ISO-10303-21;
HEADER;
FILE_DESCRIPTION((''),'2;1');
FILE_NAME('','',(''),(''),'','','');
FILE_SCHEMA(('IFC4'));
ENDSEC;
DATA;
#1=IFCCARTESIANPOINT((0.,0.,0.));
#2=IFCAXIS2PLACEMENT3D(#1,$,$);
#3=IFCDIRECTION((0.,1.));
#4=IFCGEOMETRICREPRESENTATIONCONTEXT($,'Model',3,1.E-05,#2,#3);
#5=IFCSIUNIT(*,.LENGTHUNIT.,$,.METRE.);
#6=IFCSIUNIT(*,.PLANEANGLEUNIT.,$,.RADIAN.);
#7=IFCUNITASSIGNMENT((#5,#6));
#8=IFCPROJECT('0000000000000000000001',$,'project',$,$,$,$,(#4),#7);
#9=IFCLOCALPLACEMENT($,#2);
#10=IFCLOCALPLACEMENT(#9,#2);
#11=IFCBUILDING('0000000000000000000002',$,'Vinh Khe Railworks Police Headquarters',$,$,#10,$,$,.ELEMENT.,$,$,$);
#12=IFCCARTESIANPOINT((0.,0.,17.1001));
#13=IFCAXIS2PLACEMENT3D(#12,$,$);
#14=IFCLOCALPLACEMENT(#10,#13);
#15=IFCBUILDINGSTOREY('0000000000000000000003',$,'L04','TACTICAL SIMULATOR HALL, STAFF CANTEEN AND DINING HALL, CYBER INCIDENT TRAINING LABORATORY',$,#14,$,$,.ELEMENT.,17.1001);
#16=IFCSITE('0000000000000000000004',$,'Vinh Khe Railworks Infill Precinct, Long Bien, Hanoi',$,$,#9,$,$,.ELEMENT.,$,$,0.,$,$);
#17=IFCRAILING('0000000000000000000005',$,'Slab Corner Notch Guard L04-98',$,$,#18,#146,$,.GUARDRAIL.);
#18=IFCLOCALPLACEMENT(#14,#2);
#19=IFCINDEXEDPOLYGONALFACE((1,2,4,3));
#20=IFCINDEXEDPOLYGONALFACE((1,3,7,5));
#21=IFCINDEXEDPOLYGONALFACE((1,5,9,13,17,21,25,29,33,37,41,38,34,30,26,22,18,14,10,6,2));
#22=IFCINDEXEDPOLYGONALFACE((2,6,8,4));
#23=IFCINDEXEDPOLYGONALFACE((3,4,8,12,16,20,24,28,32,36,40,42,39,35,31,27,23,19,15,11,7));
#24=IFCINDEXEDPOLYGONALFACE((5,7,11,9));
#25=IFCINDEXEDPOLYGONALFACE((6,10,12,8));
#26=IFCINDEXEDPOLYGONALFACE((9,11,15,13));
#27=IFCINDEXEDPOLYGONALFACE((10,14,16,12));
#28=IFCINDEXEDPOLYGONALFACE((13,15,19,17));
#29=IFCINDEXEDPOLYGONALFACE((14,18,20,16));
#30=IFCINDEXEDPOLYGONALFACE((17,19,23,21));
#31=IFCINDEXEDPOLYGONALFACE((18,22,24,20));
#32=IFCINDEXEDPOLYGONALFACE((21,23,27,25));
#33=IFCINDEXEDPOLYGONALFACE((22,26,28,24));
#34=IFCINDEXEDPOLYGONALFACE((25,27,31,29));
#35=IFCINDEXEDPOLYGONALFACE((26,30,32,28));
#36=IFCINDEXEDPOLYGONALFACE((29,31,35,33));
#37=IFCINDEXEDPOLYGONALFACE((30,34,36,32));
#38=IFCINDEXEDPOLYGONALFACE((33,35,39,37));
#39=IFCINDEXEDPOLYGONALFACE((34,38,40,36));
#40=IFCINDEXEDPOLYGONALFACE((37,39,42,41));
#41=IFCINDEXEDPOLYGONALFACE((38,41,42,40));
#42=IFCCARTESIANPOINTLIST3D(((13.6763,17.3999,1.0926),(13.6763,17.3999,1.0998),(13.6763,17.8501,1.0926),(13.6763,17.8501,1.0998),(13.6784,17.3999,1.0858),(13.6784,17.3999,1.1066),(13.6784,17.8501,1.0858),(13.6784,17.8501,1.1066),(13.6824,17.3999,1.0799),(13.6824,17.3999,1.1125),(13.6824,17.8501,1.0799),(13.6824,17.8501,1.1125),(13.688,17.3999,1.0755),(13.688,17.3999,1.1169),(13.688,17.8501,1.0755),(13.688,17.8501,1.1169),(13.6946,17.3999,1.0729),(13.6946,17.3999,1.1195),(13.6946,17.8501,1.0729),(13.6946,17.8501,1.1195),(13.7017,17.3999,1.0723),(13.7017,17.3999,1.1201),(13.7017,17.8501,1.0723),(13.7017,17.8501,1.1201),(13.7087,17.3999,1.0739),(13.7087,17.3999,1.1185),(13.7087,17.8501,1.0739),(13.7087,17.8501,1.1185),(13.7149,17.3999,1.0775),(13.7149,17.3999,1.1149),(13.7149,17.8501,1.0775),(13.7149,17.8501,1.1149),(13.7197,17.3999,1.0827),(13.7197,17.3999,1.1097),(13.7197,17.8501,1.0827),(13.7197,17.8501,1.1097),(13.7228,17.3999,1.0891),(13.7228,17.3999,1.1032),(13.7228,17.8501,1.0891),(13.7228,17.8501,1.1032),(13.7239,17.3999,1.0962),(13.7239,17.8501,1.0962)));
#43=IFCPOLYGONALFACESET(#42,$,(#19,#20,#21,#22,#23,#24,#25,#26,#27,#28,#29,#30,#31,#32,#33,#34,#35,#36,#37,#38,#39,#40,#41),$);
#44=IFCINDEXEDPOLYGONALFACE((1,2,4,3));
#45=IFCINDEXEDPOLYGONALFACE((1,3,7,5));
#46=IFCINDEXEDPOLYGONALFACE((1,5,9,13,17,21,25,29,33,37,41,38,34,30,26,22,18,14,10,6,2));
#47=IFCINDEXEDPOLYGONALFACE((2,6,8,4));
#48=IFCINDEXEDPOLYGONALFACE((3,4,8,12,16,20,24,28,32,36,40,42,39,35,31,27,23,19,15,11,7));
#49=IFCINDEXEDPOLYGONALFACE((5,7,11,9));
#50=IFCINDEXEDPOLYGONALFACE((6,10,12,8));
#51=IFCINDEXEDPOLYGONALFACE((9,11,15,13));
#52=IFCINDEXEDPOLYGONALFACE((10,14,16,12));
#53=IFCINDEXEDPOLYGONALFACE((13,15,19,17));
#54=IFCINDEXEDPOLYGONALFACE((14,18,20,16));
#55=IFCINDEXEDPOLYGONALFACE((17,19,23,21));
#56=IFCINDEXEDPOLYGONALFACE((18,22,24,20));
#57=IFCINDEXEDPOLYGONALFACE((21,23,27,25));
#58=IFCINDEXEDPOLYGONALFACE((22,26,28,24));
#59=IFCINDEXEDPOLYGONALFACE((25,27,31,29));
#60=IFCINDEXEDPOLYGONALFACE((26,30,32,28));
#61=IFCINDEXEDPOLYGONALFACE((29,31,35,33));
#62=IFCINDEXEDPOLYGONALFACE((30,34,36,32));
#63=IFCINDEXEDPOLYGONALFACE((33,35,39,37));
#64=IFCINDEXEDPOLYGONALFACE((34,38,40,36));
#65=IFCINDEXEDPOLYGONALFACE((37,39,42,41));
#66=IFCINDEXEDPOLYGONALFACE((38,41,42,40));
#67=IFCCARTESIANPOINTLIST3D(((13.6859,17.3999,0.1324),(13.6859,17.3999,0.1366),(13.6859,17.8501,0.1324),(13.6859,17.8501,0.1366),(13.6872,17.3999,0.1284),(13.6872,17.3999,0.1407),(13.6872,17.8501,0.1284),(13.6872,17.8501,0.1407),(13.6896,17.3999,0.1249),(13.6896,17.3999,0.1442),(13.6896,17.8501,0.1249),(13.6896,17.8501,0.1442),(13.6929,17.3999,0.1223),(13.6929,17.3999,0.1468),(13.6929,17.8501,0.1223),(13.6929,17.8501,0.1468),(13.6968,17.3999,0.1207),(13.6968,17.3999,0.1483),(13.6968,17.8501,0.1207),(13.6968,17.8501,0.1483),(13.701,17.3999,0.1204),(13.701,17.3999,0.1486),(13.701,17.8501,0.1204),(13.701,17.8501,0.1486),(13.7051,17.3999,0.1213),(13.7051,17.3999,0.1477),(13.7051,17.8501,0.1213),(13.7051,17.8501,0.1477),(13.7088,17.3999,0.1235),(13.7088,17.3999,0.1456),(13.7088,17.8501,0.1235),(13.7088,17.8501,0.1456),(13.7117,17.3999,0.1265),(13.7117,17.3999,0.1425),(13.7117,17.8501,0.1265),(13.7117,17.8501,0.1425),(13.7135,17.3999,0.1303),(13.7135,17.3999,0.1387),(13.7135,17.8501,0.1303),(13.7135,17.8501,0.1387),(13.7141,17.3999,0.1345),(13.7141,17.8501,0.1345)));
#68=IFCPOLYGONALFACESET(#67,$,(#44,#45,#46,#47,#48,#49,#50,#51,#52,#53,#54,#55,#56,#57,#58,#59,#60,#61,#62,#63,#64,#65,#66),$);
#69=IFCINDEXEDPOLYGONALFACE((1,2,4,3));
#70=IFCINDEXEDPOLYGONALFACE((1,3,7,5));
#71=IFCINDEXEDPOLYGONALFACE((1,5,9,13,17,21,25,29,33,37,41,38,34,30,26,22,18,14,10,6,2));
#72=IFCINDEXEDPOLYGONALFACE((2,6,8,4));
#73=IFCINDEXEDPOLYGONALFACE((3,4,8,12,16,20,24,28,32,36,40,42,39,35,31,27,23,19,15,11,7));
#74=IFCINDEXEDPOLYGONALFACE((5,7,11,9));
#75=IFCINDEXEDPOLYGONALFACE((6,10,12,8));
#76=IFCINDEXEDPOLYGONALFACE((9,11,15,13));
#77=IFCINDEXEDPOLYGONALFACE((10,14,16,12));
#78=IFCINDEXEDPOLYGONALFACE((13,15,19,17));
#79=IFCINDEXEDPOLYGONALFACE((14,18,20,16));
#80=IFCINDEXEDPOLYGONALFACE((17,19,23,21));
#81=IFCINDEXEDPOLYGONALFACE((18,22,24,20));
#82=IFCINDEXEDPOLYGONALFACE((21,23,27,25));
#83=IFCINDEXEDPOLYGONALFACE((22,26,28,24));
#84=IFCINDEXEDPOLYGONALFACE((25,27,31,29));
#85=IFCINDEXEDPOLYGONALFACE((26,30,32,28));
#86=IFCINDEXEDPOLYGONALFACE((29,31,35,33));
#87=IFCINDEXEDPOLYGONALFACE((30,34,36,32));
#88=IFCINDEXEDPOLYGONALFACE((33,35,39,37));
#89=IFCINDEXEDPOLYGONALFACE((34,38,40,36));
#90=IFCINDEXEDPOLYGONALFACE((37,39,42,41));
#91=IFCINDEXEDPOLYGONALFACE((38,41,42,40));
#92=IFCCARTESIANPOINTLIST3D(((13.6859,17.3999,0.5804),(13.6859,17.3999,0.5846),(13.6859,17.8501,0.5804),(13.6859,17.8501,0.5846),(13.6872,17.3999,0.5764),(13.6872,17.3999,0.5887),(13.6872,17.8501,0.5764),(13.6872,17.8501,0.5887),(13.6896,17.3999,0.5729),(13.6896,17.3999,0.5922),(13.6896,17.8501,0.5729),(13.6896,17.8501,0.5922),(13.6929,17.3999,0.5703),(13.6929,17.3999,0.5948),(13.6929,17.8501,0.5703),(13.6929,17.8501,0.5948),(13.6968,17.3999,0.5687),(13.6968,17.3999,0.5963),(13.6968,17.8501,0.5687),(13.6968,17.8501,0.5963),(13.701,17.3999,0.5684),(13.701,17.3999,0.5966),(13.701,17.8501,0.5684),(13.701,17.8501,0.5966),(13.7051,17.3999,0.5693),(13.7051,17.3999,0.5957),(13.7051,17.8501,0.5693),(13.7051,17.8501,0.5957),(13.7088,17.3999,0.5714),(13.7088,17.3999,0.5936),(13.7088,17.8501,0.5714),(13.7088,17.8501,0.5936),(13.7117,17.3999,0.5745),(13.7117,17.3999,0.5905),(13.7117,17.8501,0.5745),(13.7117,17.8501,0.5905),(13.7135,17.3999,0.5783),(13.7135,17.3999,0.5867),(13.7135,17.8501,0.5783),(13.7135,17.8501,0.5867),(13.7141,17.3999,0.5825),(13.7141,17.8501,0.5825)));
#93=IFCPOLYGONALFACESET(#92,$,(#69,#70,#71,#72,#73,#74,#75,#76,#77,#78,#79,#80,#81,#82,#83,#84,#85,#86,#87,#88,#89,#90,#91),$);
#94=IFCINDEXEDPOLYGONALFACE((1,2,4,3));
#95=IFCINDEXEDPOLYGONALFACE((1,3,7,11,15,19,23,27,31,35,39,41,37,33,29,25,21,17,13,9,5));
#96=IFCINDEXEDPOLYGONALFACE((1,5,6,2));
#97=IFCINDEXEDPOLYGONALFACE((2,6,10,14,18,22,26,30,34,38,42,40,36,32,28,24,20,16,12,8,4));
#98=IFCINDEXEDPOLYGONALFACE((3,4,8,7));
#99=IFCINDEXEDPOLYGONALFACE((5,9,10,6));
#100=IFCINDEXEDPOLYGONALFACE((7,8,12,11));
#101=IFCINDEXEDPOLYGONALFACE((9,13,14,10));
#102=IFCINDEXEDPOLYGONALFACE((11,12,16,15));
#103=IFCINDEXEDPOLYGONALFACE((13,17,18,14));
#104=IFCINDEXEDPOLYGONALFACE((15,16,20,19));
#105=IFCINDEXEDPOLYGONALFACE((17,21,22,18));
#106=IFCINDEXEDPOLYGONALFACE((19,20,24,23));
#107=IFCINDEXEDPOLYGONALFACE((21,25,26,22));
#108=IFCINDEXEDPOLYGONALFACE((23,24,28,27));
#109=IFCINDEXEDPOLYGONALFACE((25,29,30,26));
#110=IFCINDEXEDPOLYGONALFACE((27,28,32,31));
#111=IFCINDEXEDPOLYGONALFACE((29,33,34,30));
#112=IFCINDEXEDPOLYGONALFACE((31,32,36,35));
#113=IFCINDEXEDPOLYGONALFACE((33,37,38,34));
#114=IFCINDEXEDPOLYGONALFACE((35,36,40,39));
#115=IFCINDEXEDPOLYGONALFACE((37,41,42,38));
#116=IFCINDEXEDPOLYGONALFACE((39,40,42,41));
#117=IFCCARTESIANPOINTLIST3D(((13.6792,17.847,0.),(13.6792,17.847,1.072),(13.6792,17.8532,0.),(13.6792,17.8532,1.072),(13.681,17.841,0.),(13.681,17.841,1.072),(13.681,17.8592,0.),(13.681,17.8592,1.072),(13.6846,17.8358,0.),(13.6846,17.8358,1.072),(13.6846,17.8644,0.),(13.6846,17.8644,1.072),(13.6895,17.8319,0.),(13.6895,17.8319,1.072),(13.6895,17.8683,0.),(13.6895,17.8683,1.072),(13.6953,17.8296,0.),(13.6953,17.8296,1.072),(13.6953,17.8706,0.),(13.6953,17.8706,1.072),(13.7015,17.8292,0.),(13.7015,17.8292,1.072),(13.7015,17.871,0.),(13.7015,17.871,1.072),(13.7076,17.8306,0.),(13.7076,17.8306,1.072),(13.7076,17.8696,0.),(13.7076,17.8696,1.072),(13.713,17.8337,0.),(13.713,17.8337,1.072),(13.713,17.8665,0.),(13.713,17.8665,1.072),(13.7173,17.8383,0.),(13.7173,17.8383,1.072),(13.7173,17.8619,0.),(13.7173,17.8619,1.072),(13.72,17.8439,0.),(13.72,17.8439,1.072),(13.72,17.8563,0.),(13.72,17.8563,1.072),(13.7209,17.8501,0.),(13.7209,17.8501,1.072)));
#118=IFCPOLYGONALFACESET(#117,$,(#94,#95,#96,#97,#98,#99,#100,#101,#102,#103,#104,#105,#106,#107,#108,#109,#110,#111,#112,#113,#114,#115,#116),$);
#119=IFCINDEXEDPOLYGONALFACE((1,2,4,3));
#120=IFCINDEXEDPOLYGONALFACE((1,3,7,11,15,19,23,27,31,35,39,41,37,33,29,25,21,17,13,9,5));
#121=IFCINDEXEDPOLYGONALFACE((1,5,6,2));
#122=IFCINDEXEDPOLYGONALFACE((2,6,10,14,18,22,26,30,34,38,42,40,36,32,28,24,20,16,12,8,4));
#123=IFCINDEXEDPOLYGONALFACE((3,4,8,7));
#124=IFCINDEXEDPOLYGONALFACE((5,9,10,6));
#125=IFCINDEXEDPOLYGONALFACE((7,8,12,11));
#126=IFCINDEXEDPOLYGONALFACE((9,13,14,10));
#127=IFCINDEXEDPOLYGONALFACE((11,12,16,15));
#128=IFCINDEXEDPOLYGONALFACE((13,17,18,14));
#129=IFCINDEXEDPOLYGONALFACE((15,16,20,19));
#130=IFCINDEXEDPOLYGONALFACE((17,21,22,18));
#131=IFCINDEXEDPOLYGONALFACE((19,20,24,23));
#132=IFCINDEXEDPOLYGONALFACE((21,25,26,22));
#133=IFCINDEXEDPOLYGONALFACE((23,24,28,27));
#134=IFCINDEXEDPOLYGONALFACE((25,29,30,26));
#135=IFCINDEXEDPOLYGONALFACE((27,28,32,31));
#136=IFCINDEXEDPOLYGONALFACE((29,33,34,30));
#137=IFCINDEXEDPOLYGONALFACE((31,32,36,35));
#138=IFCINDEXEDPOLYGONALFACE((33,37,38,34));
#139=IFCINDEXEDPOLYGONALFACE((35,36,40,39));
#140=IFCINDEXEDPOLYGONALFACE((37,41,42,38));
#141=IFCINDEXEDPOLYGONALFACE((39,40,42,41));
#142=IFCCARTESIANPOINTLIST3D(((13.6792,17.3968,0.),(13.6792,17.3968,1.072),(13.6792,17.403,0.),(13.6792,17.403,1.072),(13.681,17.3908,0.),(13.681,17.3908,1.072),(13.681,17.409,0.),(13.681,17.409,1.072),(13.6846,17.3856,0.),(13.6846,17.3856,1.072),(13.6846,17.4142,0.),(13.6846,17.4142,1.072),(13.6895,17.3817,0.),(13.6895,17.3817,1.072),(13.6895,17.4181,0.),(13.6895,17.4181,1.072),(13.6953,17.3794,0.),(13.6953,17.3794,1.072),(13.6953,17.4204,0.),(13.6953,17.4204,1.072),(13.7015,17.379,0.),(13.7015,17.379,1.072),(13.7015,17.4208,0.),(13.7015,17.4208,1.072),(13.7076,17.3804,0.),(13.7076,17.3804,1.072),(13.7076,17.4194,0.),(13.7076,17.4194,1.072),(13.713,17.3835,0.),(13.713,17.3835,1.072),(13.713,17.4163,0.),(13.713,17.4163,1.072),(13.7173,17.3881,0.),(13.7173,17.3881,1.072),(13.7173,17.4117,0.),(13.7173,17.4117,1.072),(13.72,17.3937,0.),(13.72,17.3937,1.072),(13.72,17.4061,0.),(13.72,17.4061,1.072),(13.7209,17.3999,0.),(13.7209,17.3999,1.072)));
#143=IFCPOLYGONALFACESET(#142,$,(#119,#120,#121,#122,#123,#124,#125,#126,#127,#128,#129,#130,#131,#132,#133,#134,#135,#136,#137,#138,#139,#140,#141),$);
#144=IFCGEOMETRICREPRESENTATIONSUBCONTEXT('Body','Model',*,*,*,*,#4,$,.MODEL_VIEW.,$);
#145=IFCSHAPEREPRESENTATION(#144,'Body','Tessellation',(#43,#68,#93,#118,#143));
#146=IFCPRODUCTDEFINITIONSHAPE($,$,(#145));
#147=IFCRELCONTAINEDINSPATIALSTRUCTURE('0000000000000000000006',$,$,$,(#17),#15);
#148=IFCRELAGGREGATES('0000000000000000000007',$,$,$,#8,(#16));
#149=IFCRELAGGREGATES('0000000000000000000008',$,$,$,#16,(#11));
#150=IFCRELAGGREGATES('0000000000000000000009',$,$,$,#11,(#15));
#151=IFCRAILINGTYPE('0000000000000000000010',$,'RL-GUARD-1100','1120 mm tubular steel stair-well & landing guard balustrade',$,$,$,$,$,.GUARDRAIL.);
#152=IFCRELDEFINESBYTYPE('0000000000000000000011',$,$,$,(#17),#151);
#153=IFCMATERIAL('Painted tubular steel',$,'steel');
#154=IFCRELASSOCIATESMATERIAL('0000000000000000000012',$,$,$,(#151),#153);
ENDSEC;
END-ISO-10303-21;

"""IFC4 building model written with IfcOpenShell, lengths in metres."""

from ifc_helpers import new_model, si_unit, direction, frame, origin, origin_2d, place, context, subcontext, project, spatial, circle, extrude, material, type_object, element, save


model = new_model("IFC4")

# Units and contexts
model_context = context("Model", 3, precision=1e-05, world=origin(), true_north=direction((0.0, 1.0)))
body_context = subcontext(model_context, "Body", "Model", "MODEL_VIEW")
ifc_project = project(units=[si_unit("LENGTHUNIT", "METRE"), si_unit("PLANEANGLEUNIT", "RADIAN")], contexts=[model_context])

# Site, building, storey
site_placement = place(None, origin())
site = spatial("IfcSite", under=ifc_project, at=site_placement, Name="Vinh Khe Railworks Infill Precinct, Long Bien, Hanoi", CompositionType="ELEMENT", RefElevation=0.0)
building_placement = place(site_placement, origin())
building = spatial("IfcBuilding", under=site, at=building_placement, Name="Vinh Khe Railworks Police Headquarters", CompositionType="ELEMENT")
storey_placement = place(building_placement, frame((0.0, 0.0, 17.1001)))
storey = spatial("IfcBuildingStorey", under=building, at=storey_placement, Name="L04", Description="TACTICAL SIMULATOR HALL, STAFF CANTEEN AND DINING HALL, CYBER INCIDENT TRAINING LABORATORY", CompositionType="ELEMENT", Elevation=17.1001)

# Railing
ifc_material_1 = material(Name="Painted tubular steel", Category="steel")
railing_type = type_object("IfcRailingType", Name="RL-GUARD-1100", Description="1120 mm tubular steel stair-well & landing guard balustrade", PredefinedType="GUARDRAIL", material=ifc_material_1)
railing_1_placement = place(storey_placement, frame((13.7, 17.8501, 0.0)))
element("IfcRailing", 1, at=railing_1_placement, inside=storey, type_object=railing_type, Name="Slab Corner Notch Guard L04-98", PredefinedType="GUARDRAIL", context=body_context, shape_type="SweptSolid", body=[
    extrude(circle(Radius=0.0239, at=origin_2d()), frame((0.0, 0.0, 1.0962), z_axis=(0.0, -1.0, 0.0), x_axis=(1.0, 0.0, 0.0)), (0.0, 0.0, 1.0), 0.4502),
    extrude(circle(Radius=0.0142, at=origin_2d()), frame((0.0, 0.0, 0.1345), z_axis=(0.0, -1.0, 0.0), x_axis=(1.0, 0.0, 0.0)), (0.0, 0.0, 1.0), 0.4502),
    extrude(circle(Radius=0.0142, at=origin_2d()), frame((0.0, 0.0, 0.5825), z_axis=(0.0, -1.0, 0.0), x_axis=(1.0, 0.0, 0.0)), (0.0, 0.0, 1.0), 0.4502),
    extrude(circle(Radius=0.021, at=origin_2d()), origin(), (0.0, 0.0, 1.0), 1.072),
    extrude(circle(Radius=0.021, at=origin_2d()), frame((0.0, -0.4502, 0.0)), (0.0, 0.0, 1.0), 1.072),
])

save(model, "model.ifc")
